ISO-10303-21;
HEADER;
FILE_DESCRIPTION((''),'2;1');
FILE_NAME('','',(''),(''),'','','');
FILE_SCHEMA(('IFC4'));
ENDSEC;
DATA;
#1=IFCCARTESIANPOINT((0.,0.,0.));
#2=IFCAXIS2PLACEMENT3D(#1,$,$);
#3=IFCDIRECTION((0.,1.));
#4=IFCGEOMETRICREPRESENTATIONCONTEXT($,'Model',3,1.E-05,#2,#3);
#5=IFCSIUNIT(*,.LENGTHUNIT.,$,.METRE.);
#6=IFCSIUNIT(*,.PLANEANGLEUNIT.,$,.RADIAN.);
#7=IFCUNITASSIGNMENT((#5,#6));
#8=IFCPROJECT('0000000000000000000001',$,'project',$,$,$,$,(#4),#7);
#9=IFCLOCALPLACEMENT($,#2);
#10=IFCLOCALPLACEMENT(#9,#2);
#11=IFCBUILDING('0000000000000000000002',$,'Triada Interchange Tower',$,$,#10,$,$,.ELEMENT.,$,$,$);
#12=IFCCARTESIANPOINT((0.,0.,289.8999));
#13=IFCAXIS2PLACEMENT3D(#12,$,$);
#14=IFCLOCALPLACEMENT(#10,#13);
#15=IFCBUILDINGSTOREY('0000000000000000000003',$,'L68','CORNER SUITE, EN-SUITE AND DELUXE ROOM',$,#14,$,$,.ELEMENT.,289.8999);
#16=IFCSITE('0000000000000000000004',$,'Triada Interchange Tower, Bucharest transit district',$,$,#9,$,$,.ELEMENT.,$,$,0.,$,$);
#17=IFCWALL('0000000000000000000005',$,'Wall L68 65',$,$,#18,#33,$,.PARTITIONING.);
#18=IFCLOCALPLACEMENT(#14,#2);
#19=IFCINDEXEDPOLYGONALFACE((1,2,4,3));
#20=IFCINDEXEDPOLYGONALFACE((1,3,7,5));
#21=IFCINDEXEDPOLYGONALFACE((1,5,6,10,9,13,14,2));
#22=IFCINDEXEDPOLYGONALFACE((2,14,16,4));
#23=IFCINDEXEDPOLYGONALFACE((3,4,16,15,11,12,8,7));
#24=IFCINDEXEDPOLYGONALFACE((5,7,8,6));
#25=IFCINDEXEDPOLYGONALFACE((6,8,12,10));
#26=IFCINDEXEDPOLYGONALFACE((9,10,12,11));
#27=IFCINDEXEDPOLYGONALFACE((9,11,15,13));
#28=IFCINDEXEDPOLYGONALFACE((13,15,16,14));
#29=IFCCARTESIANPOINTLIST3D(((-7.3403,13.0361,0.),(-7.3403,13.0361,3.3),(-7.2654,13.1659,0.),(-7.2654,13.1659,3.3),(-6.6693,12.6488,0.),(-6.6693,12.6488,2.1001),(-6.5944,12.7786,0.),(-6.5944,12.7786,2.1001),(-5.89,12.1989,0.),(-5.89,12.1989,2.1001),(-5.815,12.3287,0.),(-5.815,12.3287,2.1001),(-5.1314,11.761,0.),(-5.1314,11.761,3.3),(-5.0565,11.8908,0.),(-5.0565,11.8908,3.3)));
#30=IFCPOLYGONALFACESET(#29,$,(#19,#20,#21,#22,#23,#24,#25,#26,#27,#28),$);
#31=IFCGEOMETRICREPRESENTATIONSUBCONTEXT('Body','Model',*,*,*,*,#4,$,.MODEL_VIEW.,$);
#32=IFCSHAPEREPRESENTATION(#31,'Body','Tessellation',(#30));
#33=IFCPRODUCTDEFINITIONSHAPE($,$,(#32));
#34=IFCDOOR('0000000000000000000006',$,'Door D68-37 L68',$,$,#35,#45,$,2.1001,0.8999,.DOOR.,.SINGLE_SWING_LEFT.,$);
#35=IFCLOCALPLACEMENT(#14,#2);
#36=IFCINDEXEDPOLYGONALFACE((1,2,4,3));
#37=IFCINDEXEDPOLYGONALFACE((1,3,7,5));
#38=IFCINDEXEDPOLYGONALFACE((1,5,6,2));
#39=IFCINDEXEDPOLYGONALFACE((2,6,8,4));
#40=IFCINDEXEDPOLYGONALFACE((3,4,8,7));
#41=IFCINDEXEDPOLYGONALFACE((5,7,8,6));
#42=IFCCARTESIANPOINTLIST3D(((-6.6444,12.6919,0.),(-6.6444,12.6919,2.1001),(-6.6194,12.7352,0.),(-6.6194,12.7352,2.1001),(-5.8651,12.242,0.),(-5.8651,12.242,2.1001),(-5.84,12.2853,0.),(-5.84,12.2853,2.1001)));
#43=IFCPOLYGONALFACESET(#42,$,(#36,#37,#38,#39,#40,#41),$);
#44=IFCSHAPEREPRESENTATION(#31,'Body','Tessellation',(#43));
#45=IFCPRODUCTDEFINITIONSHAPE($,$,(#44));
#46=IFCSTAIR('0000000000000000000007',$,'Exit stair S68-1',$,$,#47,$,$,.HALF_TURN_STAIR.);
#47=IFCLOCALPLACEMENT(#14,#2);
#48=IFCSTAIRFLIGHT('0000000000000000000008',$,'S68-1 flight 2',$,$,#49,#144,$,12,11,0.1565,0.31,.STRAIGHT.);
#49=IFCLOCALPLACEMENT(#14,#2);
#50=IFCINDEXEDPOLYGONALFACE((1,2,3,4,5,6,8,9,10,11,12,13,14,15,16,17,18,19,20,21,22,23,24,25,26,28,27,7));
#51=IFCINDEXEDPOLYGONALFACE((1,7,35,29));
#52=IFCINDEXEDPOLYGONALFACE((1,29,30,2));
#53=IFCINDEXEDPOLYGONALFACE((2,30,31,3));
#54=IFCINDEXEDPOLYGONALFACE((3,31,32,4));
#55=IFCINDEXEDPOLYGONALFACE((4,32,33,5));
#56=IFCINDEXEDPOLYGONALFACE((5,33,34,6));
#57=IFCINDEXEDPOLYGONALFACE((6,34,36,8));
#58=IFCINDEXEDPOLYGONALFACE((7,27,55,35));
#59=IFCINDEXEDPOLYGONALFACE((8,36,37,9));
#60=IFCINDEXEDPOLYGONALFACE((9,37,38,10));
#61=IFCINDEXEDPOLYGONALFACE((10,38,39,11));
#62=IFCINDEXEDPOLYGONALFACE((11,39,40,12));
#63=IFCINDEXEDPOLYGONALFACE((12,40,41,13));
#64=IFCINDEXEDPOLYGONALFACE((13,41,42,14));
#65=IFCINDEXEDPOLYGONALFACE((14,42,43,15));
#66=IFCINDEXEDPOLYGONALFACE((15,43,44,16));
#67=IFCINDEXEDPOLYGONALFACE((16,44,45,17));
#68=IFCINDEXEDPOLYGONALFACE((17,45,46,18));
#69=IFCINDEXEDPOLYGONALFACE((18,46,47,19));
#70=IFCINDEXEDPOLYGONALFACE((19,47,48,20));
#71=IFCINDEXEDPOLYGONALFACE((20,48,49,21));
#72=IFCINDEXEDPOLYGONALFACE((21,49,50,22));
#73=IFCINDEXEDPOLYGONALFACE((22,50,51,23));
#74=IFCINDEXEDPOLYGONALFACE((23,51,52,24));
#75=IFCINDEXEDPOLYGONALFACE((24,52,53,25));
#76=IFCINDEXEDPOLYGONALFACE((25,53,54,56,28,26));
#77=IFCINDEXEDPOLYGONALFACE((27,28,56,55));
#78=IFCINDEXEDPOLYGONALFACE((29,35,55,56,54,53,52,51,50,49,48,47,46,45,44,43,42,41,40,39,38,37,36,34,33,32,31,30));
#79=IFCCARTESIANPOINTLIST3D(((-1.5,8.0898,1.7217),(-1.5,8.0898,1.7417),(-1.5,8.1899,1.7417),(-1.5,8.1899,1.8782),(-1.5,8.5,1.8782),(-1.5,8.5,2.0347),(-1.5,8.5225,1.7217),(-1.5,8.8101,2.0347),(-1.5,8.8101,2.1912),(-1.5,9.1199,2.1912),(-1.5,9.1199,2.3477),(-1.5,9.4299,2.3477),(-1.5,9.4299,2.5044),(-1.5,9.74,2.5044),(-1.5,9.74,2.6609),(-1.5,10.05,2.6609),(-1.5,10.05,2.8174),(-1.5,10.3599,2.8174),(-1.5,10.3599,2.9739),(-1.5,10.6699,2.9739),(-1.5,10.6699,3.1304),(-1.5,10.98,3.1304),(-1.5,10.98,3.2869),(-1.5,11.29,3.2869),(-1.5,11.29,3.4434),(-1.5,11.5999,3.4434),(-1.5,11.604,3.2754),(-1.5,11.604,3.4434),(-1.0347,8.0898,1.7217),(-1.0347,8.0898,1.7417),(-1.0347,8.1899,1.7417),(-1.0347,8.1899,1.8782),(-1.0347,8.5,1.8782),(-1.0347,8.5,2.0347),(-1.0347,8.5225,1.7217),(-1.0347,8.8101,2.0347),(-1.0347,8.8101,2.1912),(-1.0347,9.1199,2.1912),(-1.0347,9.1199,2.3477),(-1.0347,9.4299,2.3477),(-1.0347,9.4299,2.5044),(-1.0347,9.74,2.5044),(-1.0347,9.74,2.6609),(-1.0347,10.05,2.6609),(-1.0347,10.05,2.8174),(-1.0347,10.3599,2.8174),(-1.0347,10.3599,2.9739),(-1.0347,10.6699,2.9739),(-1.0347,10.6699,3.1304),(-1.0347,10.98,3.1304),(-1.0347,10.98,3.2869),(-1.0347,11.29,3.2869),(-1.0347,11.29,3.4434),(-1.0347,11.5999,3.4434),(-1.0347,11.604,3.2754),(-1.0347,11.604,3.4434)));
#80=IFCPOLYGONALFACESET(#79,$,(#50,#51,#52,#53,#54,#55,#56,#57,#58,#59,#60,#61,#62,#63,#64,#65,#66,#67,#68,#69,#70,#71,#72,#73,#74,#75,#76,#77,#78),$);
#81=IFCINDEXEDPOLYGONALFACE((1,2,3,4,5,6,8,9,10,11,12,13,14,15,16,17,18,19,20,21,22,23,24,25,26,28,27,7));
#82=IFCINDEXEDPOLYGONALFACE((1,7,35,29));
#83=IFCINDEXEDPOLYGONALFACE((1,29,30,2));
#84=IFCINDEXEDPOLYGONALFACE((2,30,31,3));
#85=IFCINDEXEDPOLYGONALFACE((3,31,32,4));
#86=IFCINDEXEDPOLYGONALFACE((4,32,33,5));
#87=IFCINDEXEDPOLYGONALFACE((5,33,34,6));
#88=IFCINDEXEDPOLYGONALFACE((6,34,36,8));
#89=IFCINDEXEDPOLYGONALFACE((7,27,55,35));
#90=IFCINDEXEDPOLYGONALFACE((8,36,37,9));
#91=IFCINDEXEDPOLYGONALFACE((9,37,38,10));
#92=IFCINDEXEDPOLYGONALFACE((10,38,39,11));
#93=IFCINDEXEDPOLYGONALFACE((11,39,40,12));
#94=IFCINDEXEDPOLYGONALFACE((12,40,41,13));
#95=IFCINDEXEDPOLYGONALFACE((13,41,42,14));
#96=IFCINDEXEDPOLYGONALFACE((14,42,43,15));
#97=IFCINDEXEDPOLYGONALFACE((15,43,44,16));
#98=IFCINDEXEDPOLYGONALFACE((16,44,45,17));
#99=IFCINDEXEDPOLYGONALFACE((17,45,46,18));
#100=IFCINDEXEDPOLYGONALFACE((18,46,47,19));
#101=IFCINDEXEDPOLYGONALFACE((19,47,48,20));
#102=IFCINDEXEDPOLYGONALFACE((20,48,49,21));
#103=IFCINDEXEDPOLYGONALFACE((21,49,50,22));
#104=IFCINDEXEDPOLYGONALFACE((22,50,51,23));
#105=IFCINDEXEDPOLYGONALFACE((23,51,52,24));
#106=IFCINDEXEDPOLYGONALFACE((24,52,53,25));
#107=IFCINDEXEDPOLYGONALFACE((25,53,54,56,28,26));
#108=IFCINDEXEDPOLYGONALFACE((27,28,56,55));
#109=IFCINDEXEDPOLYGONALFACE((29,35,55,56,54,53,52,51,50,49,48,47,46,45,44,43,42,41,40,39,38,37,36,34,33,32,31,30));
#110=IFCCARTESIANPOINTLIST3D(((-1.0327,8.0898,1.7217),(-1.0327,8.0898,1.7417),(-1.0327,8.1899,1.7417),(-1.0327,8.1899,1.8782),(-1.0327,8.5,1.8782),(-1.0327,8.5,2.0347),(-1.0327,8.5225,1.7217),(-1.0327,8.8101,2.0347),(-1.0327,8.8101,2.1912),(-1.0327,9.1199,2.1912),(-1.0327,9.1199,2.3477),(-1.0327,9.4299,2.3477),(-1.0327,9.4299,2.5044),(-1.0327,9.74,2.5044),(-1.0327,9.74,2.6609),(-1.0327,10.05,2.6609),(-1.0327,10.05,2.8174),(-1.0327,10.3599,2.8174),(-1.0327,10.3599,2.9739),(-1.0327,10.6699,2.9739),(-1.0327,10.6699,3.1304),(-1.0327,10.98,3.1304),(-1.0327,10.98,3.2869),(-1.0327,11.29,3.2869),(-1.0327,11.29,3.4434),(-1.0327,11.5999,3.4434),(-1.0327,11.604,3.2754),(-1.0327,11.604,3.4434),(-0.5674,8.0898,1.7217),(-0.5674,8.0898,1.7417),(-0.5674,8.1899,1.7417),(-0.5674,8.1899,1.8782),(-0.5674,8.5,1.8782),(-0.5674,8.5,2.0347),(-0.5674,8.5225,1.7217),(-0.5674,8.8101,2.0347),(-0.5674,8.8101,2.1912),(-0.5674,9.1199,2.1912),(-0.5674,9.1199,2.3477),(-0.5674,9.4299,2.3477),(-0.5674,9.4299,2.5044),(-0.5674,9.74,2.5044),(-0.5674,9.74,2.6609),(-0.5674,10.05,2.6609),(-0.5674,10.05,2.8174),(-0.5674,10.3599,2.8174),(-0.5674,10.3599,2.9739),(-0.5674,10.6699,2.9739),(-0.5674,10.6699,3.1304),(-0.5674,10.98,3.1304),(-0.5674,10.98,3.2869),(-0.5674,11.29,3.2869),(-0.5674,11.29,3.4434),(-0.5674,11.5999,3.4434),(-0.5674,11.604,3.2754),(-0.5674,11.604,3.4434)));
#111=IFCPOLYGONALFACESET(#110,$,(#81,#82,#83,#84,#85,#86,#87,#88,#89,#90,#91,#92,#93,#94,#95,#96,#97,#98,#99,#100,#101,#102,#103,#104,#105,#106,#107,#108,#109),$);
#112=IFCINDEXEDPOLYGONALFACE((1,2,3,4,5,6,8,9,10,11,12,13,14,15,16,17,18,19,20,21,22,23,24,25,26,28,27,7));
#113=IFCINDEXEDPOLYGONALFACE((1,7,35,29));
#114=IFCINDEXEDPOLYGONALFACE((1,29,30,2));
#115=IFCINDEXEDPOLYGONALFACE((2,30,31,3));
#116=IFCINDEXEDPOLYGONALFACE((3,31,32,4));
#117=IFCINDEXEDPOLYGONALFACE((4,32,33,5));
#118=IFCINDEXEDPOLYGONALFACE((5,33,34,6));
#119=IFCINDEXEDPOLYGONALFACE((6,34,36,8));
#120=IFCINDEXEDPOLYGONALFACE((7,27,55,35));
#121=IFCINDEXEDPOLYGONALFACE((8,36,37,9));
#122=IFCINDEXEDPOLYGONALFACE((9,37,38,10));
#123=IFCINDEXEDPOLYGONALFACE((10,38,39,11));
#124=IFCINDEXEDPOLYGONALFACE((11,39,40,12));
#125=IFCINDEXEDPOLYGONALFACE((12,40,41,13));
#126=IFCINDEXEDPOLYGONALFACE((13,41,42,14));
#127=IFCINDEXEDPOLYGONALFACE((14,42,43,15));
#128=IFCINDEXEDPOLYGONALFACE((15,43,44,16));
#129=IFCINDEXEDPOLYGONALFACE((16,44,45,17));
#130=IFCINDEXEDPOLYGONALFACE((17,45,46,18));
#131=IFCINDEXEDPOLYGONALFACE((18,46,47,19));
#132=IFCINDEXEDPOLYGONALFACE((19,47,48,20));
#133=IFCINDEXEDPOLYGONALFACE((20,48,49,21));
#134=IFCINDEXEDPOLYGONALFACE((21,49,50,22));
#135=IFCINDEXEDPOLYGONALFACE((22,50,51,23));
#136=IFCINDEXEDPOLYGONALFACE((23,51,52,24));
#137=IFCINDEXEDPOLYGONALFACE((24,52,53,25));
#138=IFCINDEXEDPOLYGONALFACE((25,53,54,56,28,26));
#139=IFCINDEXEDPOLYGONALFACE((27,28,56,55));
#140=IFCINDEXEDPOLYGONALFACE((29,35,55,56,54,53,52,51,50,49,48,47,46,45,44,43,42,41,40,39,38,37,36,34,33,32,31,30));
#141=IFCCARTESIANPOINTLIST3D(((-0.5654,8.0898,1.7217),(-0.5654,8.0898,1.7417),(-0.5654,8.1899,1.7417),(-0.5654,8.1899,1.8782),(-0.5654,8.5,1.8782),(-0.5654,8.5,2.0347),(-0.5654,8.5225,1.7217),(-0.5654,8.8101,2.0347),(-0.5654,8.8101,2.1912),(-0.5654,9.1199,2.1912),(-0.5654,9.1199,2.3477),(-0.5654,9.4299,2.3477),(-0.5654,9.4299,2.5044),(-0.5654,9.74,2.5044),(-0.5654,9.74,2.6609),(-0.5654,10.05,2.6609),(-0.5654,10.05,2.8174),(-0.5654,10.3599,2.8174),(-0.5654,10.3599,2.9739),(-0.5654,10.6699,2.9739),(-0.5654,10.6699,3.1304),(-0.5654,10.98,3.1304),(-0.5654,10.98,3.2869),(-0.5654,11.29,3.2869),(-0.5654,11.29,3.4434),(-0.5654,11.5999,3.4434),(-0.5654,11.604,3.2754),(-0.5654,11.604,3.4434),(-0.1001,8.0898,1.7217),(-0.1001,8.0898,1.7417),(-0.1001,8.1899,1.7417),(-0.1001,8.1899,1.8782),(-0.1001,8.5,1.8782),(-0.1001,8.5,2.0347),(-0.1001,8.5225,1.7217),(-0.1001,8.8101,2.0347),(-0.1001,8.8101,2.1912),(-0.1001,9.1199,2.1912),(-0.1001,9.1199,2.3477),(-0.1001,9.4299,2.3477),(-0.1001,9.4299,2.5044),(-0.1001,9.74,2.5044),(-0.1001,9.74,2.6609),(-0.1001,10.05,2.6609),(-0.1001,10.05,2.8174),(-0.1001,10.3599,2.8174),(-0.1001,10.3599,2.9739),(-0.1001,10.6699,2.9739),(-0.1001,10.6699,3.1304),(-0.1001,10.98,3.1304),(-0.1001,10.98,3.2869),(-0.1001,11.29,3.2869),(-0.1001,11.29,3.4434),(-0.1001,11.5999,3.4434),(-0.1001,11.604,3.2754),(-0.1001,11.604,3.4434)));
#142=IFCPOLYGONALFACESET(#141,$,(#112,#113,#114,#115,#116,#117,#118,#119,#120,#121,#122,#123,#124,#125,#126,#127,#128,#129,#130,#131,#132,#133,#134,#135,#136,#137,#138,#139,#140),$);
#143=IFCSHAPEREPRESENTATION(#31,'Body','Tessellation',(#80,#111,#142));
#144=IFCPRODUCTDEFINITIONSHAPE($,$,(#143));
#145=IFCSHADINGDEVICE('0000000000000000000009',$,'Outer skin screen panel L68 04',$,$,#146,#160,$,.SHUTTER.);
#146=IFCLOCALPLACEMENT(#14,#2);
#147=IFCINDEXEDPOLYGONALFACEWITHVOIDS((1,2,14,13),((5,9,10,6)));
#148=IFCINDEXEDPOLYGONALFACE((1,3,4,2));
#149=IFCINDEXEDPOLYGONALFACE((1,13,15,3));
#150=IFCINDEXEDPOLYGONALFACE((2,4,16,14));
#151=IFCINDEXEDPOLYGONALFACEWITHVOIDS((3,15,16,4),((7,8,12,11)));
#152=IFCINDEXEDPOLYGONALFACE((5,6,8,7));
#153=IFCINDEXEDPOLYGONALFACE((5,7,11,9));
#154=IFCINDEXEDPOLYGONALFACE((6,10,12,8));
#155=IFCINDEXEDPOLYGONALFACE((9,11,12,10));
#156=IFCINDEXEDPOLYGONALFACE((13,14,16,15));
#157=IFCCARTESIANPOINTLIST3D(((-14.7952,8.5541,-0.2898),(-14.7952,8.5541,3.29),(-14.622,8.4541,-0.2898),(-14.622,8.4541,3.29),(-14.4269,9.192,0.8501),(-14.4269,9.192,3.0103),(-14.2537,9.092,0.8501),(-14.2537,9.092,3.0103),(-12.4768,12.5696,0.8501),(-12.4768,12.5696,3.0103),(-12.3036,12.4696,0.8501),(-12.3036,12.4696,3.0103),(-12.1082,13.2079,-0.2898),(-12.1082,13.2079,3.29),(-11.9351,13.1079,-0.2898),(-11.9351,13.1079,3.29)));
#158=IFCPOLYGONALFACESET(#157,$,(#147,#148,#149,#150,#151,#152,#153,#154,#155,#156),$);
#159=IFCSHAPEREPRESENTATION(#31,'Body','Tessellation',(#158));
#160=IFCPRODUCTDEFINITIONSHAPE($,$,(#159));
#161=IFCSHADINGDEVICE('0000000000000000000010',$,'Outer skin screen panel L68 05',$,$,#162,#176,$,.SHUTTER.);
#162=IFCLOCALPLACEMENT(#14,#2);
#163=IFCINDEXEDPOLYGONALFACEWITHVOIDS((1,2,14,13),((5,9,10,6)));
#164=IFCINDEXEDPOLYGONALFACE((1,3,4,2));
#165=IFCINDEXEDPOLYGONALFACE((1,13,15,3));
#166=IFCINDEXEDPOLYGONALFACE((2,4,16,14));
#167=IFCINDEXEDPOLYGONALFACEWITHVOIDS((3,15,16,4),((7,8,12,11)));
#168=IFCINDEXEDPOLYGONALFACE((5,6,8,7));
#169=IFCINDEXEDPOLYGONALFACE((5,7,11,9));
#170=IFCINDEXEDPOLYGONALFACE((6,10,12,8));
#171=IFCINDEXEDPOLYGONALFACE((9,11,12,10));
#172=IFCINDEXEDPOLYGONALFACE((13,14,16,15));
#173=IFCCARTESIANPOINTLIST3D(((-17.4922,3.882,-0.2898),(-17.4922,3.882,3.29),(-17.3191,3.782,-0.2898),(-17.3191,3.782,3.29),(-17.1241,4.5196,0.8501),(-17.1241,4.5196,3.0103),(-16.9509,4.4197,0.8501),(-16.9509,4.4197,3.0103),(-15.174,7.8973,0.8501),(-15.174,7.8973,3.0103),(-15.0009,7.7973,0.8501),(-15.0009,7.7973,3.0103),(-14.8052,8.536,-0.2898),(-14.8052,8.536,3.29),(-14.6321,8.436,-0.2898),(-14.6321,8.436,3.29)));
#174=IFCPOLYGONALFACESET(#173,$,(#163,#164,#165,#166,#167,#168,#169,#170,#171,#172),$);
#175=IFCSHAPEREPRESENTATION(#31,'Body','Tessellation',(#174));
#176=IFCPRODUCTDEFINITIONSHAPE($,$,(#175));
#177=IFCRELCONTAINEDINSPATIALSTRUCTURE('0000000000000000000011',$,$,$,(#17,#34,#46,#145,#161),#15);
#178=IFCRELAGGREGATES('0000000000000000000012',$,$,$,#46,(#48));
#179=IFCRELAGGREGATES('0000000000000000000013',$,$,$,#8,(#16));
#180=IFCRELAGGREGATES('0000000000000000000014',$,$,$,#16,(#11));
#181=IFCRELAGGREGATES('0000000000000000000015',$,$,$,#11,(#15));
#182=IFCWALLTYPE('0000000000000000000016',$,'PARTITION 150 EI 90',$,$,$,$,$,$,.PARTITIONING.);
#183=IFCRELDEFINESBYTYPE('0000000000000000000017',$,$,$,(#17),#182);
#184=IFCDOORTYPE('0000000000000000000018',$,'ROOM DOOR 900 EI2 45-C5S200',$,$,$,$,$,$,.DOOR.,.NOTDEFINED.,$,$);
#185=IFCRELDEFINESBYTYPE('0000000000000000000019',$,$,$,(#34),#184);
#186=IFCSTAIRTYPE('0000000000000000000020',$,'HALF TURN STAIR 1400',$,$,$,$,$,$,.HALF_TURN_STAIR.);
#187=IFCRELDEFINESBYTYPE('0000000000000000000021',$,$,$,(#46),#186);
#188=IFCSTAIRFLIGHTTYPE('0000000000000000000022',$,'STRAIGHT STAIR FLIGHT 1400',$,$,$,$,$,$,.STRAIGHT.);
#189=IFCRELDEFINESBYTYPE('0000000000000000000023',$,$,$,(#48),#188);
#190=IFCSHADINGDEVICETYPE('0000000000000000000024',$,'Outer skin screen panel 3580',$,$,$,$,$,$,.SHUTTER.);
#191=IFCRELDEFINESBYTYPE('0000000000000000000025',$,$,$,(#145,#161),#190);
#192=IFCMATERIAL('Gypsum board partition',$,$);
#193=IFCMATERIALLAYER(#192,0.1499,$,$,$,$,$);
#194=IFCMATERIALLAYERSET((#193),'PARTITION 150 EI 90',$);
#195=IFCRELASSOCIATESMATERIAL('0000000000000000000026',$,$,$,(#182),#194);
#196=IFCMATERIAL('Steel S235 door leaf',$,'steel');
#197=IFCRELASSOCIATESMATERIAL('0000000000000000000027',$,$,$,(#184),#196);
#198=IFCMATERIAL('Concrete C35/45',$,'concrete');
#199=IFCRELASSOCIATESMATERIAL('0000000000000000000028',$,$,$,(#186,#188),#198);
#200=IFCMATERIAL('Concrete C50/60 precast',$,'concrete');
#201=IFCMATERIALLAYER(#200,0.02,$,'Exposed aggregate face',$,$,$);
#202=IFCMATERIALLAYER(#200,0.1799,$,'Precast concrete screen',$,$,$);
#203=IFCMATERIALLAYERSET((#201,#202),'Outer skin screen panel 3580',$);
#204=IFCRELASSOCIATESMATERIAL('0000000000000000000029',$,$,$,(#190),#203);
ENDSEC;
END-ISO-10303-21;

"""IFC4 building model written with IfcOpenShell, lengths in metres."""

from ifc_helpers import new_model, si_unit, direction, frame, frame_2d, origin, place, context, subcontext, project, spatial, polyline, rectangle, outline, extrude, material, layer, layer_set, type_object, element, fill, aggregate, save


model = new_model("IFC4")

# Units and contexts
model_context = context("Model", 3, precision=1e-05, world=origin(), true_north=direction((0.0, 1.0)))
body_context = subcontext(model_context, "Body", "Model", "MODEL_VIEW")
ifc_project = project(units=[si_unit("LENGTHUNIT", "METRE"), si_unit("PLANEANGLEUNIT", "RADIAN")], contexts=[model_context])

# Site, building, storey
site_placement = place(None, origin())
site = spatial("IfcSite", under=ifc_project, at=site_placement, Name="Triada Interchange Tower, Bucharest transit district", CompositionType="ELEMENT", RefElevation=0.0)
building_placement = place(site_placement, origin())
building = spatial("IfcBuilding", under=site, at=building_placement, Name="Triada Interchange Tower", CompositionType="ELEMENT")
storey_placement = place(building_placement, frame((0.0, 0.0, 289.8999)))
storey = spatial("IfcBuildingStorey", under=building, at=storey_placement, Name="L68", Description="CORNER SUITE, EN-SUITE AND DELUXE ROOM", CompositionType="ELEMENT", Elevation=289.8999)

# Shared definitions
ifc_material_1 = material(Name="Steel S235 door leaf", Category="steel")

# Shared definitions
ifc_material_2 = material(Name="Gypsum board partition")
ifc_layer_1 = layer(ifc_material_2, 0.1499)
ifc_layer_set_1 = layer_set([ifc_layer_1], Name="PARTITION 150 EI 90")
wall_type_1 = type_object("IfcWallType", Name="PARTITION 150 EI 90", PredefinedType="PARTITIONING", material=ifc_layer_set_1)

# Shared definitions
door_type_1 = type_object("IfcDoorType", Name="ROOM DOOR 900 EI2 45-C5S200", OperationType="NOTDEFINED", PredefinedType="DOOR", material=ifc_material_1)

# Wall, opening, door
wall_1_placement = place(storey_placement, frame((-7.303, 13.1011, 0.0), z_axis=(0.0, 0.0, 1.0), x_axis=(0.866061, -0.499938, 0.0)))
wall_1 = element("IfcWall", 1, at=wall_1_placement, inside=storey, type_object=wall_type_1, Name="Wall L68 65", PredefinedType="PARTITIONING", context=body_context, shape_type="SweptSolid", body=[
    extrude(rectangle(XDim=2.5505, YDim=0.1499, at=frame_2d((1.2754, 0.0))), origin(), (0.0, 0.0, 1.0), 3.3),
])
opening_1_placement = place(wall_1_placement, frame((0.7749, 0.0, 0.0)))
opening_1 = element("IfcOpeningElement", 2, at=opening_1_placement, cuts=wall_1, PredefinedType="OPENING", context=body_context, shape_type="SweptSolid", body=[
    extrude(rectangle(XDim=0.8999, YDim=2.1001, at=frame_2d((0.45, 1.05))), frame((0.0, 0.085, 0.0), z_axis=(0.0, -1.0, 0.0), x_axis=(1.0, 0.0, 0.0)), (0.0, 0.0, 1.0), 0.1699),
])
door_1_placement = place(opening_1_placement, origin())
door_1 = element("IfcDoor", 3, at=door_1_placement, inside=storey, type_object=door_type_1, Name="Door D68-37 L68", OperationType="SINGLE_SWING_LEFT", OverallHeight=2.1001, OverallWidth=0.8999, PredefinedType="DOOR", context=body_context, shape_type="SweptSolid", body=[
    extrude(rectangle(XDim=0.8999, YDim=2.1001, at=frame_2d((0.45, 1.05))), frame((0.0, 0.0249, 0.0), z_axis=(0.0, -1.0, 0.0), x_axis=(1.0, 0.0, 0.0)), (0.0, 0.0, 1.0), 0.05),
])
fill(opening_1, door_1)

# Stair, stair flight
ifc_material_3 = material(Name="Concrete C35/45", Category="concrete")
stair_type = type_object("IfcStairType", Name="HALF TURN STAIR 1400", PredefinedType="HALF_TURN_STAIR", material=ifc_material_3)
stair_placement = place(storey_placement, origin())
stair = element("IfcStair", 4, at=stair_placement, inside=storey, type_object=stair_type, Name="Exit stair S68-1", PredefinedType="HALF_TURN_STAIR")
stair_flight_type = type_object("IfcStairFlightType", Name="STRAIGHT STAIR FLIGHT 1400", PredefinedType="STRAIGHT", material=ifc_material_3)
stair_flight_placement = place(storey_placement, frame((-0.8, 8.1899, 1.7217), z_axis=(0.0, 0.0, 1.0), x_axis=(0.0, 1.0, 0.0)))
stair_flight = element("IfcStairFlight", 5, at=stair_flight_placement, type_object=stair_flight_type, Name="S68-1 flight 2", NumberOfRisers=12, NumberOfTreads=11, PredefinedType="STRAIGHT", RiserHeight=0.1565, TreadLength=0.31, context=body_context, shape_type="SweptSolid", body=[
    extrude(outline(polyline([(-0.1001, 0.0), (-0.1001, 0.02), (0.0, 0.02), (0.0, 0.1565), (0.3101, 0.1565), (0.3101, 0.313), (0.6201, 0.313), (0.6201, 0.4695), (0.9299, 0.4695), (0.9299, 0.626), (1.24, 0.626), (1.24, 0.7827), (1.55, 0.7827), (1.55, 0.9392), (1.8601, 0.9392), (1.8601, 1.0957), (2.1699, 1.0957), (2.1699, 1.2522), (2.48, 1.2522), (2.48, 1.4087), (2.79, 1.4087), (2.79, 1.5652), (3.1001, 1.5652), (3.1001, 1.7217), (3.4099, 1.7217), (3.4141, 1.7217), (3.4141, 1.8782), (3.4141, 1.5537), (0.3325, 0.0), (-0.1001, 0.0)])), frame((0.0, 0.7, 0.0), z_axis=(0.0, -1.0, 0.0), x_axis=(1.0, 0.0, 0.0)), (0.0, 0.0, 1.0), 0.4653),
    extrude(outline(polyline([(-0.1001, 0.0), (-0.1001, 0.02), (0.0, 0.02), (0.0, 0.1565), (0.3101, 0.1565), (0.3101, 0.313), (0.6201, 0.313), (0.6201, 0.4695), (0.9299, 0.4695), (0.9299, 0.626), (1.24, 0.626), (1.24, 0.7827), (1.55, 0.7827), (1.55, 0.9392), (1.8601, 0.9392), (1.8601, 1.0957), (2.1699, 1.0957), (2.1699, 1.2522), (2.48, 1.2522), (2.48, 1.4087), (2.79, 1.4087), (2.79, 1.5652), (3.1001, 1.5652), (3.1001, 1.7217), (3.4099, 1.7217), (3.4141, 1.7217), (3.4141, 1.8782), (3.4141, 1.5537), (0.3325, 0.0), (-0.1001, 0.0)])), frame((0.0, 0.2327, 0.0), z_axis=(0.0, -1.0, 0.0), x_axis=(1.0, 0.0, 0.0)), (0.0, 0.0, 1.0), 0.4653),
    extrude(outline(polyline([(-0.1001, 0.0), (-0.1001, 0.02), (0.0, 0.02), (0.0, 0.1565), (0.3101, 0.1565), (0.3101, 0.313), (0.6201, 0.313), (0.6201, 0.4695), (0.9299, 0.4695), (0.9299, 0.626), (1.24, 0.626), (1.24, 0.7827), (1.55, 0.7827), (1.55, 0.9392), (1.8601, 0.9392), (1.8601, 1.0957), (2.1699, 1.0957), (2.1699, 1.2522), (2.48, 1.2522), (2.48, 1.4087), (2.79, 1.4087), (2.79, 1.5652), (3.1001, 1.5652), (3.1001, 1.7217), (3.4099, 1.7217), (3.4141, 1.7217), (3.4141, 1.8782), (3.4141, 1.5537), (0.3325, 0.0), (-0.1001, 0.0)])), frame((0.0, -0.2346, 0.0), z_axis=(0.0, -1.0, 0.0), x_axis=(1.0, 0.0, 0.0)), (0.0, 0.0, 1.0), 0.4653),
])

# Shading devices
ifc_material_4 = material(Name="Concrete C50/60 precast", Category="concrete")
ifc_layer_2 = layer(ifc_material_4, 0.02, Name="Exposed aggregate face")
ifc_layer_3 = layer(ifc_material_4, 0.1799, Name="Precast concrete screen")
ifc_layer_set_2 = layer_set([ifc_layer_2, ifc_layer_3], Name="Outer skin screen panel 3580")
shading_device_type = type_object("IfcShadingDeviceType", Name="Outer skin screen panel 3580", PredefinedType="SHUTTER", material=ifc_layer_set_2)
shading_device_1_placement = place(storey_placement, frame((-11.9351, 13.1079, -0.2898), z_axis=(0.0, 0.0, 1.0), x_axis=(-0.500019, -0.866015, 0.0)))
element("IfcShadingDevice", 6, at=shading_device_1_placement, inside=storey, type_object=shading_device_type, Name="Outer skin screen panel L68 04", PredefinedType="SHUTTER", context=body_context, shape_type="SweptSolid", body=[
    extrude(outline(polyline([(0.0, 0.0), (5.3738, 0.0), (5.3738, 3.5798), (0.0, 3.5798), (0.0, 0.0)]), holes=[polyline([(0.7371, 1.1399), (0.7371, 3.3), (4.6372, 3.3), (4.6372, 1.1399), (0.7371, 1.1399)])]), frame((0.0, 0.0, 0.0), z_axis=(0.0, -1.0, 0.0), x_axis=(1.0, 0.0, 0.0)), (0.0, 0.0, 1.0), 0.2),
])
shading_device_2_placement = place(storey_placement, frame((-14.6321, 8.436, -0.2898), z_axis=(0.0, 0.0, 1.0), x_axis=(-0.499999, -0.866026, 0.0)))
element("IfcShadingDevice", 7, at=shading_device_2_placement, inside=storey, type_object=shading_device_type, Name="Outer skin screen panel L68 05", PredefinedType="SHUTTER", context=body_context, shape_type="SweptSolid", body=[
    extrude(outline(polyline([(0.0, 0.0), (5.374, 0.0), (5.374, 3.5798), (0.0, 3.5798), (0.0, 0.0)]), holes=[polyline([(0.7375, 1.1399), (0.7375, 3.3), (4.6377, 3.3), (4.6377, 1.1399), (0.7375, 1.1399)])]), frame((0.0, 0.0, 0.0), z_axis=(0.0, -1.0, 0.0), x_axis=(1.0, 0.0, 0.0)), (0.0, 0.0, 1.0), 0.2),
])

aggregate(stair, [stair_flight])

save(model, "model.ifc")
